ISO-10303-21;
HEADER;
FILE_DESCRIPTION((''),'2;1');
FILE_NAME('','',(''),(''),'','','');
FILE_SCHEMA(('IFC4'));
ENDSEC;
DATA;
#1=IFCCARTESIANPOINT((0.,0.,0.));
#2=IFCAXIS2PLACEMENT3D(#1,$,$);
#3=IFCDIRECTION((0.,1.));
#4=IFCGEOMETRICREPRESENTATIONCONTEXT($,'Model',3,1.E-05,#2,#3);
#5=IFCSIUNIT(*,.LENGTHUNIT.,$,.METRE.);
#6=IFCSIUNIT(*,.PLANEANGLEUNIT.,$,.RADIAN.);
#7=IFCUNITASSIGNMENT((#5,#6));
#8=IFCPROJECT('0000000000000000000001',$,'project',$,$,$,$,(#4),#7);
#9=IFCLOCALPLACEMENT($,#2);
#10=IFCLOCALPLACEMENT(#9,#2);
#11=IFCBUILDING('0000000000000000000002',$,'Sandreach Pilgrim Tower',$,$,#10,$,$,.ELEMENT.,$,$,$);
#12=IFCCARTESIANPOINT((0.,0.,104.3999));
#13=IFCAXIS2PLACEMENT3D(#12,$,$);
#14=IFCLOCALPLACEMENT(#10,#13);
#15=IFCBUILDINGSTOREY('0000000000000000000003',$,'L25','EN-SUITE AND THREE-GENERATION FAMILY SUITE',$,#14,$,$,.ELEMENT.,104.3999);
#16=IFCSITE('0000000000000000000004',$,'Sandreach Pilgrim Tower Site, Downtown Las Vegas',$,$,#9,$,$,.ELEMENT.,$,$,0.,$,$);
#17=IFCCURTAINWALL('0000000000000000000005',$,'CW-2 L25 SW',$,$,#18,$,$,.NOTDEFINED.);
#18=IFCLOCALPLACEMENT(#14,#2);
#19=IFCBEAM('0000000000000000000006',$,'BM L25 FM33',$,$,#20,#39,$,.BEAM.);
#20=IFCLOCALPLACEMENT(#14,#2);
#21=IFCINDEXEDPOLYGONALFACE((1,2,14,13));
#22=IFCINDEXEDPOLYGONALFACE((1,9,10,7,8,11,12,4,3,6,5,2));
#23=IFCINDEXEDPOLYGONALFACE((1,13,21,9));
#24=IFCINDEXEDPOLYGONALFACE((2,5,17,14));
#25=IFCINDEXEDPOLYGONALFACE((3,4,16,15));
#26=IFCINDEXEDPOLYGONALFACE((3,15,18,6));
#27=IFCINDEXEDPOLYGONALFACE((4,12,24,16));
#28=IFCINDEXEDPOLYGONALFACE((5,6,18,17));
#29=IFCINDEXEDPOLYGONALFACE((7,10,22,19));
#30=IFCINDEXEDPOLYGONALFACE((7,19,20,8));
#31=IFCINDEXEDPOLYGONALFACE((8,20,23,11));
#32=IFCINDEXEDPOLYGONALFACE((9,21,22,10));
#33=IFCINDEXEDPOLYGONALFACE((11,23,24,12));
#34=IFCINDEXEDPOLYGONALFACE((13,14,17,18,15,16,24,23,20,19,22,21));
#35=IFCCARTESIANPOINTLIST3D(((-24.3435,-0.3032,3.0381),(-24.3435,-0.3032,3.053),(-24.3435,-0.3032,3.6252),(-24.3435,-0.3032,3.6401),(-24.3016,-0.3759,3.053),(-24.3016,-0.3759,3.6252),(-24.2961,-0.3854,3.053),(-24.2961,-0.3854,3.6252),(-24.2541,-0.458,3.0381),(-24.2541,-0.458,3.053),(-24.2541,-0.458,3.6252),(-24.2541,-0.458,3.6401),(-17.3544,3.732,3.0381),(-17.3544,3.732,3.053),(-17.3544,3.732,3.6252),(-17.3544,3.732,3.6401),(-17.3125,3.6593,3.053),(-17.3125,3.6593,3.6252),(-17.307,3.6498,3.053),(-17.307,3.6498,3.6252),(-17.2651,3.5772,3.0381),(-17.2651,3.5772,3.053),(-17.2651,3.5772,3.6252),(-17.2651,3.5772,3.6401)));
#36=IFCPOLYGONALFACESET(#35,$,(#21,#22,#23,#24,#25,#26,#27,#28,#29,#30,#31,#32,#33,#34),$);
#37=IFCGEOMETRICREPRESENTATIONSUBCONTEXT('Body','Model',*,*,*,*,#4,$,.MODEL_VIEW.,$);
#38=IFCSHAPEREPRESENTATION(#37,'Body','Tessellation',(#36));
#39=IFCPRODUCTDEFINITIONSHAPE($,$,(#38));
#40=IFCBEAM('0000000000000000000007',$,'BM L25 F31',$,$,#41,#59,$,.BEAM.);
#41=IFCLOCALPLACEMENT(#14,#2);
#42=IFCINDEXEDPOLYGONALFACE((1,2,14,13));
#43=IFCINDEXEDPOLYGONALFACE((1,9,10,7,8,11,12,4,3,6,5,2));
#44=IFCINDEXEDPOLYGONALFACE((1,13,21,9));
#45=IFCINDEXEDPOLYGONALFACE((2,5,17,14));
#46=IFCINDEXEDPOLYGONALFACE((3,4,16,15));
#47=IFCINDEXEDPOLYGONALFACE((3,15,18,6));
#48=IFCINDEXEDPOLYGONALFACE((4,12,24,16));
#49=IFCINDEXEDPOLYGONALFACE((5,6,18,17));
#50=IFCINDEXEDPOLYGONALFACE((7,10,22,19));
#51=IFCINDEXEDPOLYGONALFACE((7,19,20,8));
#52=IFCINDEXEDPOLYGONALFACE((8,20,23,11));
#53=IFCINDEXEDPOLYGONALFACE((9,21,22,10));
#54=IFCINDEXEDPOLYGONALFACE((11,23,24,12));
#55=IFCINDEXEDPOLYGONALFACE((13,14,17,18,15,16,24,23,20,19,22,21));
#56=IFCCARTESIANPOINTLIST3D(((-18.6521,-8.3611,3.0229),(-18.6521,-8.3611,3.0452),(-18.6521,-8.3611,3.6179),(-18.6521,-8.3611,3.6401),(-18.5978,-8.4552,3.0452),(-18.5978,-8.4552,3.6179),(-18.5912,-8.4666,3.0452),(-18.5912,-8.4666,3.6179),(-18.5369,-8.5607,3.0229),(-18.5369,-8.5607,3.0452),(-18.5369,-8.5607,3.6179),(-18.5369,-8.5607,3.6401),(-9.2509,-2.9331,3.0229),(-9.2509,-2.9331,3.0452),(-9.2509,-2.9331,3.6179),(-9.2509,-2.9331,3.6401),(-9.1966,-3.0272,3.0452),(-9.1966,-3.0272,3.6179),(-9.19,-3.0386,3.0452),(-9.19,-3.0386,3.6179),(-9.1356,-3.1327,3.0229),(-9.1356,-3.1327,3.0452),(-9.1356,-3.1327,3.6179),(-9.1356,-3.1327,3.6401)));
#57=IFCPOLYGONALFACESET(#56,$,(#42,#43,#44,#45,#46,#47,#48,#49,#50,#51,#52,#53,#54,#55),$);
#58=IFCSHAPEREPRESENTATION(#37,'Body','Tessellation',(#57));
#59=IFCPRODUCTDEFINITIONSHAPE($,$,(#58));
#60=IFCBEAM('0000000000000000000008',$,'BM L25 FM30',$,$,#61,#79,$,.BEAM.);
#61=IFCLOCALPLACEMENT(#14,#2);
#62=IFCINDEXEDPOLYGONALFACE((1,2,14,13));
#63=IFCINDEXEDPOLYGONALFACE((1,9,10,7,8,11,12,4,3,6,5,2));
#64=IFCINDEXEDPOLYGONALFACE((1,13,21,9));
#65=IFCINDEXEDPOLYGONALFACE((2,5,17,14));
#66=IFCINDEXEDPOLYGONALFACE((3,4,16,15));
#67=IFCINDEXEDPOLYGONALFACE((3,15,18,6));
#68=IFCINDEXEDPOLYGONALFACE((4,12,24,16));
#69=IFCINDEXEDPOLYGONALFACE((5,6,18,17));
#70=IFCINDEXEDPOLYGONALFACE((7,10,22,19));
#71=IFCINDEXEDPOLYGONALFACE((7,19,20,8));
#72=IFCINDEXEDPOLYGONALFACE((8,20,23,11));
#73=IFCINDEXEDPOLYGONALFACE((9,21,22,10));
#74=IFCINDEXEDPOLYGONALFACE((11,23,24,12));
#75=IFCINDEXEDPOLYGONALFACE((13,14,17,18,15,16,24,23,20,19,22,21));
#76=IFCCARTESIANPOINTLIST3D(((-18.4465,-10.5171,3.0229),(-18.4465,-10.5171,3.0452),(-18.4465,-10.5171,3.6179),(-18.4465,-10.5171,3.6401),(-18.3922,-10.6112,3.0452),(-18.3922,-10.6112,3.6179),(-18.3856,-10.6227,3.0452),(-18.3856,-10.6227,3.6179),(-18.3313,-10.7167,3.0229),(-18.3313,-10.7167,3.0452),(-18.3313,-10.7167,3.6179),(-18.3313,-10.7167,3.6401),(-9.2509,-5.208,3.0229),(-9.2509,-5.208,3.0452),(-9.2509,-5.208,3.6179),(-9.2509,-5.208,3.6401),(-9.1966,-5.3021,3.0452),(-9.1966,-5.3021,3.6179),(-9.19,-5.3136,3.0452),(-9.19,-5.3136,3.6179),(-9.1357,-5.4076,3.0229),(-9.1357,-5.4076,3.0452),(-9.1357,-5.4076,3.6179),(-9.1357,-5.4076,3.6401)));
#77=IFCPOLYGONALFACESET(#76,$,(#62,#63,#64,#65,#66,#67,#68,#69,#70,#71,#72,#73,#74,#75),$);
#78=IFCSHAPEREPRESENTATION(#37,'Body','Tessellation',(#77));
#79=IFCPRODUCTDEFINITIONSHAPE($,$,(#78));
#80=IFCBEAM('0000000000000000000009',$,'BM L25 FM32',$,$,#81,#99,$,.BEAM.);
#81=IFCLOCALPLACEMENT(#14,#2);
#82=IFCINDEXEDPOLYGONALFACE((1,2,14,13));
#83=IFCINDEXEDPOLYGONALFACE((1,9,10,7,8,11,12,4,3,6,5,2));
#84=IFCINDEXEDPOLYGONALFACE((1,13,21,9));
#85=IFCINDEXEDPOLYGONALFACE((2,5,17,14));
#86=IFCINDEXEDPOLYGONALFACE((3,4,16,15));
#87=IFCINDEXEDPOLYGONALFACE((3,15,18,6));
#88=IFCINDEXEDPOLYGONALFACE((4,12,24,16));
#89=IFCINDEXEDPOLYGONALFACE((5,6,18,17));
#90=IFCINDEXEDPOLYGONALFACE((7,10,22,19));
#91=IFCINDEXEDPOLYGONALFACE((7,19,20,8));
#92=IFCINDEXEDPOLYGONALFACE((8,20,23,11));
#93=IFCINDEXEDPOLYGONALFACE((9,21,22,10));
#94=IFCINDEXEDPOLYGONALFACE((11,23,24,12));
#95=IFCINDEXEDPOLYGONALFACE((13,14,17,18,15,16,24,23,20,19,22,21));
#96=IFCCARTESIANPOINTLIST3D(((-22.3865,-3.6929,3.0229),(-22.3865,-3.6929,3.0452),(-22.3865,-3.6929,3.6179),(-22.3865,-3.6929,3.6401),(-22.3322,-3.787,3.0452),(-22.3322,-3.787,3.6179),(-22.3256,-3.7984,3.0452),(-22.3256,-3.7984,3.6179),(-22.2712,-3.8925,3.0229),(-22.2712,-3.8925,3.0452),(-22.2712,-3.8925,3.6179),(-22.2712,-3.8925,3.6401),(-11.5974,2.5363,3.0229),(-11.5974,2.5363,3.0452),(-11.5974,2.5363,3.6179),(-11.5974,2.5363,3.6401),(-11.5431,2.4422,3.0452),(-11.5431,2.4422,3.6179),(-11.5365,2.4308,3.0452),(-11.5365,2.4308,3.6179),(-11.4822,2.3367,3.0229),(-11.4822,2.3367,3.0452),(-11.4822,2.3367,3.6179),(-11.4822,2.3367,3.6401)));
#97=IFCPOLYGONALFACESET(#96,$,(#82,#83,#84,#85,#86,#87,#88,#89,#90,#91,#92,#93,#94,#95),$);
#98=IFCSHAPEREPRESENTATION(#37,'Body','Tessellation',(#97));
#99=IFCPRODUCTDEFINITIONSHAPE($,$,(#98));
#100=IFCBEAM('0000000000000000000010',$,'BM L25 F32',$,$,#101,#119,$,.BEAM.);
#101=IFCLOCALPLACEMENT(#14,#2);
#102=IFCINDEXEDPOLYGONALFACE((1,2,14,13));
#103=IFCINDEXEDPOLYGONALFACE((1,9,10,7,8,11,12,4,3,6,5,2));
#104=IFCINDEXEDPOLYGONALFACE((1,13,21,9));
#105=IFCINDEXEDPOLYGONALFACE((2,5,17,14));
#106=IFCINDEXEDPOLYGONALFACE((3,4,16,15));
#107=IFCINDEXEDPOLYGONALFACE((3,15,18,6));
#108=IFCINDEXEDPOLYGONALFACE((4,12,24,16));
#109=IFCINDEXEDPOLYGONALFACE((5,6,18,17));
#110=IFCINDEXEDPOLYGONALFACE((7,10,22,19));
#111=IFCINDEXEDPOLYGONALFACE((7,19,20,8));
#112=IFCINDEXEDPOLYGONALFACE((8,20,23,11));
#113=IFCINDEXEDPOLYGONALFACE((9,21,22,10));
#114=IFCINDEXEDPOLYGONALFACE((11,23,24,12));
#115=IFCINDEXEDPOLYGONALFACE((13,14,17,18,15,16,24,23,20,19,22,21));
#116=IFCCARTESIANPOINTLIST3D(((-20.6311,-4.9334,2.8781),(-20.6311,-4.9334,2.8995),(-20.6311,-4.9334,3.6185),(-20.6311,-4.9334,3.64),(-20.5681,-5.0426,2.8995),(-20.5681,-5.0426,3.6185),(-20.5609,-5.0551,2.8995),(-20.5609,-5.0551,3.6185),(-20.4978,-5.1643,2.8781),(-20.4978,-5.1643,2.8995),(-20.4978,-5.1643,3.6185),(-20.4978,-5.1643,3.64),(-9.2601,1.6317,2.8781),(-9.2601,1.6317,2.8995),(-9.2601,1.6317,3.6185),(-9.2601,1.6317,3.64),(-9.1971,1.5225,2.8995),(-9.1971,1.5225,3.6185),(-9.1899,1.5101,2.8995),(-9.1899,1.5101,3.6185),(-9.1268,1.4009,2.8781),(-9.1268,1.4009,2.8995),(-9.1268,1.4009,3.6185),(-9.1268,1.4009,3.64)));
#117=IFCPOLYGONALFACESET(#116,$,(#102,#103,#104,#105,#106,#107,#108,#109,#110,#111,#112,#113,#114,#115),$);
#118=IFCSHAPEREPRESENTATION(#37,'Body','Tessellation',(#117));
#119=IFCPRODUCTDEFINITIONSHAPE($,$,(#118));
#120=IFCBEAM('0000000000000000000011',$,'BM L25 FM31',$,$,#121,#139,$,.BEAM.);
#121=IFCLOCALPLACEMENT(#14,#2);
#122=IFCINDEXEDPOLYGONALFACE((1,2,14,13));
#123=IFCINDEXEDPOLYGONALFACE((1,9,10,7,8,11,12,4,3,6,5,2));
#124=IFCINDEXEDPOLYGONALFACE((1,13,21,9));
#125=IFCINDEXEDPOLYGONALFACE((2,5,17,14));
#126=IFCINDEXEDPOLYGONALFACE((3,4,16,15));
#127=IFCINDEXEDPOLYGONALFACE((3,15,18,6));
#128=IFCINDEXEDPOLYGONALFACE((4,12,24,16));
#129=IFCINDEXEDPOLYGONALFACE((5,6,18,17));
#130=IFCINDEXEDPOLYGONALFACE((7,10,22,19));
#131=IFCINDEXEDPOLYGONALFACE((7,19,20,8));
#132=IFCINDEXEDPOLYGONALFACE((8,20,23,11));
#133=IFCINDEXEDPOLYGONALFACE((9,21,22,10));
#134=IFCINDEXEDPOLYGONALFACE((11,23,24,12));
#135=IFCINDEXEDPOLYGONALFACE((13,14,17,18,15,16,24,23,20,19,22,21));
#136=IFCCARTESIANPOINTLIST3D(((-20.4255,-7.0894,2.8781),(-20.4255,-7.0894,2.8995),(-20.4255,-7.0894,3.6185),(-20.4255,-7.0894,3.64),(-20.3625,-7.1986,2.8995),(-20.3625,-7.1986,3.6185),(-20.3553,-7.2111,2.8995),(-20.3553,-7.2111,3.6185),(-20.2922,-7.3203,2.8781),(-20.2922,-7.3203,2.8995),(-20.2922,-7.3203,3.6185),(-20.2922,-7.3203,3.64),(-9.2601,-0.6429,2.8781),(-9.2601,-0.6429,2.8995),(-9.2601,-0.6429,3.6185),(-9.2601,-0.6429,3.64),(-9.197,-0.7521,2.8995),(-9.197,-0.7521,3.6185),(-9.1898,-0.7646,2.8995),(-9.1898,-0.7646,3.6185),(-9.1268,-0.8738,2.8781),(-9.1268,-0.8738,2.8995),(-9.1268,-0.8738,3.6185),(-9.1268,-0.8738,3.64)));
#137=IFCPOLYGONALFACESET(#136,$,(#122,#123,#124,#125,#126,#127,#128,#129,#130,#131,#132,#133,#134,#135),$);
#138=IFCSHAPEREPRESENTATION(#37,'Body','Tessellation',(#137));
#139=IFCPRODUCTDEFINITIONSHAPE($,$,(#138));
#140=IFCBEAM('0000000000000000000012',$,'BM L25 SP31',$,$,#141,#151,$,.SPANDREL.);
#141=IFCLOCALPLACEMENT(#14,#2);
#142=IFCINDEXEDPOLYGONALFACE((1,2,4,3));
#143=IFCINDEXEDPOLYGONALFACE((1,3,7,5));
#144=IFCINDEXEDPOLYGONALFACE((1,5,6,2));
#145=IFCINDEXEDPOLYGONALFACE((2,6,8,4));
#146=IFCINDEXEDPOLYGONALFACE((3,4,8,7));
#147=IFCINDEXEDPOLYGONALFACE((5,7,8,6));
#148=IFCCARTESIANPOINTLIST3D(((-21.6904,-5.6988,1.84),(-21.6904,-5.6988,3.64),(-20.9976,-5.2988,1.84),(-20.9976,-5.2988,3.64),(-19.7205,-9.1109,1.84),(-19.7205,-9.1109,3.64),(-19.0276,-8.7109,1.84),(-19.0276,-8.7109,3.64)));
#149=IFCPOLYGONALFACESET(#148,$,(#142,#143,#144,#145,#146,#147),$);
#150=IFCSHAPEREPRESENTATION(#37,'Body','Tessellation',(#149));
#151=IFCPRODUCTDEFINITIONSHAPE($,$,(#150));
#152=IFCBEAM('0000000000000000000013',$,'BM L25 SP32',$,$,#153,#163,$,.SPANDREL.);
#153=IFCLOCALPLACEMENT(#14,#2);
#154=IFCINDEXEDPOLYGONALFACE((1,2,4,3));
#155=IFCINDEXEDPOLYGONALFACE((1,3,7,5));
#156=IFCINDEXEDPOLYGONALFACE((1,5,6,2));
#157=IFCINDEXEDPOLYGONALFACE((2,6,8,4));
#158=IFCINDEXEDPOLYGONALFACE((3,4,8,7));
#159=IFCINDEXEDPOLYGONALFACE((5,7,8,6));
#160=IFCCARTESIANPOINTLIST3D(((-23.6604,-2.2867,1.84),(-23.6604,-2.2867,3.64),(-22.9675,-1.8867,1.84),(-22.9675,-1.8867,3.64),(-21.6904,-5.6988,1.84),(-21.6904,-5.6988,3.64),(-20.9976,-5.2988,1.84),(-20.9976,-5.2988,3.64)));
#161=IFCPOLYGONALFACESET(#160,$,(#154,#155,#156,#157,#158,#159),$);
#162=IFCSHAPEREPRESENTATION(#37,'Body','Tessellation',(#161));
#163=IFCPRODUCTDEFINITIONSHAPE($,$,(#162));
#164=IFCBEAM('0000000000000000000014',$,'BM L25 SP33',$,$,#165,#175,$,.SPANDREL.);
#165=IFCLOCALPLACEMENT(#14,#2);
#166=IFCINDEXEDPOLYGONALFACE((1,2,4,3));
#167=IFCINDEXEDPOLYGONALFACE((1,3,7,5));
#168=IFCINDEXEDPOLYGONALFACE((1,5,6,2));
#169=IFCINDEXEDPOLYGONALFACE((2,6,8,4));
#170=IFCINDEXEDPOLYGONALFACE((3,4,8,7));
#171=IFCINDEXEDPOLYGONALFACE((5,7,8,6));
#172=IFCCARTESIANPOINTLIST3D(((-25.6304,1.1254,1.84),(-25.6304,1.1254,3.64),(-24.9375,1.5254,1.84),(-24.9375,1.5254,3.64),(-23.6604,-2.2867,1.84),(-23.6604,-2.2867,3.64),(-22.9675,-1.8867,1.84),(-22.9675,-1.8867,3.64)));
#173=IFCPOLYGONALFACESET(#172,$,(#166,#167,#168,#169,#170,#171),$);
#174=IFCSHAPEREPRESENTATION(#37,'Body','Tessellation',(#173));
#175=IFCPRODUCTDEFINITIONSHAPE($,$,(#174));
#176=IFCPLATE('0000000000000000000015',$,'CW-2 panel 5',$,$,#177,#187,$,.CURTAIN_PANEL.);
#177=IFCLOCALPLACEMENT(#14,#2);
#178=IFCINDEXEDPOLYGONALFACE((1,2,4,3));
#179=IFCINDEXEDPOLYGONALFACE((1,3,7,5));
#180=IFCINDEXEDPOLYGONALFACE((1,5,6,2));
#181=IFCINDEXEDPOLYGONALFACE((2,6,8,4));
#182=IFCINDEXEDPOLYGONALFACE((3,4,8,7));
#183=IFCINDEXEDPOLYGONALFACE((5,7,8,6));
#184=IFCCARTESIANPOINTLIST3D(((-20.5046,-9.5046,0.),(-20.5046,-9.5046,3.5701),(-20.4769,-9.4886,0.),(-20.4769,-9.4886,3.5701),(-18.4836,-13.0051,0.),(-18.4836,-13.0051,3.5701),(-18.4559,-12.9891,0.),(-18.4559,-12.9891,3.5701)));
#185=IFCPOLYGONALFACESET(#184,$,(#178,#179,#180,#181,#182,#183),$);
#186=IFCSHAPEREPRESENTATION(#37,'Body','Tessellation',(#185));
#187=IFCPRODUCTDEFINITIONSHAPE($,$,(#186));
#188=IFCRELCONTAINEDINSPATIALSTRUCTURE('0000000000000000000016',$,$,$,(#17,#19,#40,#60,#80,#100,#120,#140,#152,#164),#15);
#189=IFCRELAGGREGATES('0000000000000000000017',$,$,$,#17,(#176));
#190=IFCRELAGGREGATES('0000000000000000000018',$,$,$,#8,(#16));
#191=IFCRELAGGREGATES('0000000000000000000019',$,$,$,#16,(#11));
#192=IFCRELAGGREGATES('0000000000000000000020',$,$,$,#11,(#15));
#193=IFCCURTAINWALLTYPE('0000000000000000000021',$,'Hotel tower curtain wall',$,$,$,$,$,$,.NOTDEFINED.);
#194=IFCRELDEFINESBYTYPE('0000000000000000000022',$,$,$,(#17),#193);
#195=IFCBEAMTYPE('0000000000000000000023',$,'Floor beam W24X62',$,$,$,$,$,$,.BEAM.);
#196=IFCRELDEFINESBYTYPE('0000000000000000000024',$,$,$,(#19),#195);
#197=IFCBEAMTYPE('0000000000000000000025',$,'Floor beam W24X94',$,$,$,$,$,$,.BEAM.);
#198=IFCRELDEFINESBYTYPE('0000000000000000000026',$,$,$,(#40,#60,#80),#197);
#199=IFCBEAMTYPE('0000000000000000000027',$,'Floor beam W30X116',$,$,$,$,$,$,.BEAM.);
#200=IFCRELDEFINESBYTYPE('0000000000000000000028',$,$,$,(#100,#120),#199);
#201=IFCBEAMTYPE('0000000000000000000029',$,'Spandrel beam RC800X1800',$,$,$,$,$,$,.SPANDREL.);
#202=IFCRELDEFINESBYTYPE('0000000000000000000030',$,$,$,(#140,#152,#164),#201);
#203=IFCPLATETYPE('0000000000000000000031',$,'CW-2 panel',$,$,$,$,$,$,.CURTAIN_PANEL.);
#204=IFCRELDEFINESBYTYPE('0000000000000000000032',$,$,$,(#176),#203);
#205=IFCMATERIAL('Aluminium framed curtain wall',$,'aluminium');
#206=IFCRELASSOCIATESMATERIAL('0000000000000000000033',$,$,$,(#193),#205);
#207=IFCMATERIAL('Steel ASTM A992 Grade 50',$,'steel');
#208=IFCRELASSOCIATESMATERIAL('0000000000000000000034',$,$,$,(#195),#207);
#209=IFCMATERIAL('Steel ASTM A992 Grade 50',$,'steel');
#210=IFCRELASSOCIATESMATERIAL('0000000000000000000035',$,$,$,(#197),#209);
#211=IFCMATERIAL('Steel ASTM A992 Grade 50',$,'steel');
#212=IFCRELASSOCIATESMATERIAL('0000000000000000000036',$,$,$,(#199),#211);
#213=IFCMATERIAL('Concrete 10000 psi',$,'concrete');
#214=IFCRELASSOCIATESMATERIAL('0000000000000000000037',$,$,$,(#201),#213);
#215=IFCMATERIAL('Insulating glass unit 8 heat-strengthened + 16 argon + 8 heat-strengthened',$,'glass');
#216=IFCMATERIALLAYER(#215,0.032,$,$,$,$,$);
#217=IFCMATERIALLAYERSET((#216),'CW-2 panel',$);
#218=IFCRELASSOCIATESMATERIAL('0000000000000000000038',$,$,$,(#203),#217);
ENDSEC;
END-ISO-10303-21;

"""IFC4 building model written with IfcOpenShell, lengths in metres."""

from ifc_helpers import new_model, si_unit, direction, frame, origin, origin_2d, place, context, subcontext, project, spatial, rectangle, i_section, extrude, material, layer, layer_set, material_profile, profile_set, type_object, element, aggregate, save


model = new_model("IFC4")

# Units and contexts
model_context = context("Model", 3, precision=1e-05, world=origin(), true_north=direction((0.0, 1.0)))
body_context = subcontext(model_context, "Body", "Model", "MODEL_VIEW")
ifc_project = project(units=[si_unit("LENGTHUNIT", "METRE"), si_unit("PLANEANGLEUNIT", "RADIAN")], contexts=[model_context])

# Site, building, storey
site_placement = place(None, origin())
site = spatial("IfcSite", under=ifc_project, at=site_placement, Name="Sandreach Pilgrim Tower Site, Downtown Las Vegas", CompositionType="ELEMENT", RefElevation=0.0)
building_placement = place(site_placement, origin())
building = spatial("IfcBuilding", under=site, at=building_placement, Name="Sandreach Pilgrim Tower", CompositionType="ELEMENT")
storey_placement = place(building_placement, frame((0.0, 0.0, 104.3999)))
storey = spatial("IfcBuildingStorey", under=building, at=storey_placement, Name="L25", Description="EN-SUITE AND THREE-GENERATION FAMILY SUITE", CompositionType="ELEMENT", Elevation=104.3999)

# Curtain wall
ifc_material_1 = material(Name="Aluminium framed curtain wall", Category="aluminium")
curtain_wall_type = type_object("IfcCurtainWallType", Name="Hotel tower curtain wall", PredefinedType="NOTDEFINED", material=ifc_material_1)
curtain_wall_placement = place(storey_placement, origin())
curtain_wall = element("IfcCurtainWall", 1, at=curtain_wall_placement, inside=storey, type_object=curtain_wall_type, Name="CW-2 L25 SW", PredefinedType="NOTDEFINED")

# Beams
ifc_material_2 = material(Name="Steel ASTM A992 Grade 50", Category="steel")
ifc_material_profile_1 = material_profile(ifc_material_2, i_section(OverallWidth=0.1787, OverallDepth=0.6021, WebThickness=0.011, FlangeThickness=0.0149, at=origin_2d()), Name="W24X62")
ifc_profile_set_1 = profile_set([ifc_material_profile_1], Name="Steel ASTM A992 Grade 50")
beam_type_1 = type_object("IfcBeamType", Name="Floor beam W24X62", PredefinedType="BEAM", material=ifc_profile_set_1)
beam_1_placement = place(storey_placement, frame((-24.2988, -0.3806, 3.3391), z_axis=(0.866023, 0.500004, 0.0), x_axis=(-0.500004, 0.866023, 0.0)))
element("IfcBeam", 2, at=beam_1_placement, inside=storey, type_object=beam_type_1, Name="BM L25 FM33", PredefinedType="BEAM", context=body_context, shape_type="SweptSolid", body=[
    extrude(i_section(OverallWidth=0.1787, OverallDepth=0.6021, WebThickness=0.011, FlangeThickness=0.0149, at=origin_2d()), origin(), (0.0, 0.0, 1.0), 8.0703),
])
ifc_material_3 = material(Name="Steel ASTM A992 Grade 50", Category="steel")
ifc_material_profile_2 = material_profile(ifc_material_3, i_section(OverallWidth=0.2305, OverallDepth=0.6172, WebThickness=0.0132, FlangeThickness=0.0222, at=origin_2d()), Name="W24X94")
ifc_profile_set_2 = profile_set([ifc_material_profile_2], Name="Steel ASTM A992 Grade 50")
beam_type_2 = type_object("IfcBeamType", Name="Floor beam W24X94", PredefinedType="BEAM", material=ifc_profile_set_2)
beam_2_placement = place(storey_placement, frame((-18.5945, -8.4609, 3.3315), z_axis=(0.866016, 0.500016, 0.0), x_axis=(-0.500016, 0.866016, 0.0)))
element("IfcBeam", 3, at=beam_2_placement, inside=storey, type_object=beam_type_2, Name="BM L25 F31", PredefinedType="BEAM", context=body_context, shape_type="SweptSolid", body=[
    extrude(i_section(OverallWidth=0.2305, OverallDepth=0.6172, WebThickness=0.0132, FlangeThickness=0.0222, at=origin_2d()), origin(), (0.0, 0.0, 1.0), 10.8557),
])
beam_3_placement = place(storey_placement, frame((-18.3889, -10.6169, 3.3315), z_axis=(0.866024, 0.500002, 0.0), x_axis=(-0.500002, 0.866024, 0.0)))
element("IfcBeam", 4, at=beam_3_placement, inside=storey, type_object=beam_type_2, Name="BM L25 FM30", PredefinedType="BEAM", context=body_context, shape_type="SweptSolid", body=[
    extrude(i_section(OverallWidth=0.2305, OverallDepth=0.6172, WebThickness=0.0132, FlangeThickness=0.0222, at=origin_2d()), origin(), (0.0, 0.0, 1.0), 10.6182),
])
beam_4_placement = place(storey_placement, frame((-22.3289, -3.7927, 3.3315), z_axis=(0.866019, 0.500011, 0.0), x_axis=(-0.500011, 0.866019, 0.0)))
element("IfcBeam", 5, at=beam_4_placement, inside=storey, type_object=beam_type_2, Name="BM L25 FM32", PredefinedType="BEAM", context=body_context, shape_type="SweptSolid", body=[
    extrude(i_section(OverallWidth=0.2305, OverallDepth=0.6172, WebThickness=0.0132, FlangeThickness=0.0222, at=origin_2d()), origin(), (0.0, 0.0, 1.0), 12.4583),
])
ifc_material_4 = material(Name="Steel ASTM A992 Grade 50", Category="steel")
ifc_material_profile_3 = material_profile(ifc_material_4, i_section(OverallWidth=0.2666, OverallDepth=0.762, WebThickness=0.0144, FlangeThickness=0.0215, at=origin_2d()), Name="W30X116")
ifc_profile_set_3 = profile_set([ifc_material_profile_3], Name="Steel ASTM A992 Grade 50")
beam_type_3 = type_object("IfcBeamType", Name="Floor beam W30X116", PredefinedType="BEAM", material=ifc_profile_set_3)
beam_5_placement = place(storey_placement, frame((-20.5645, -5.0488, 3.259), z_axis=(0.866023, 0.500005, 0.0), x_axis=(-0.500005, 0.866023, 0.0)))
element("IfcBeam", 6, at=beam_5_placement, inside=storey, type_object=beam_type_3, Name="BM L25 F32", PredefinedType="BEAM", context=body_context, shape_type="SweptSolid", body=[
    extrude(i_section(OverallWidth=0.2666, OverallDepth=0.762, WebThickness=0.0144, FlangeThickness=0.0215, at=origin_2d()), origin(), (0.0, 0.0, 1.0), 13.1301),
])
beam_6_placement = place(storey_placement, frame((-20.3589, -7.2048, 3.259), z_axis=(0.866022, 0.500007, 0.0), x_axis=(-0.500007, 0.866022, 0.0)))
element("IfcBeam", 7, at=beam_6_placement, inside=storey, type_object=beam_type_3, Name="BM L25 FM31", PredefinedType="BEAM", context=body_context, shape_type="SweptSolid", body=[
    extrude(i_section(OverallWidth=0.2666, OverallDepth=0.762, WebThickness=0.0144, FlangeThickness=0.0215, at=origin_2d()), origin(), (0.0, 0.0, 1.0), 12.8928),
])
ifc_material_5 = material(Name="Concrete 10000 psi", Category="concrete")
ifc_material_profile_4 = material_profile(ifc_material_5, rectangle(XDim=0.8, YDim=1.8, at=origin_2d()), Name="RC800X1800")
ifc_profile_set_4 = profile_set([ifc_material_profile_4], Name="Concrete 10000 psi")
beam_type_4 = type_object("IfcBeamType", Name="Spandrel beam RC800X1800", PredefinedType="SPANDREL", material=ifc_profile_set_4)
for number, where, z_axis, x_axis, name in (
    (8, (-19.374, -8.9109, 2.74), (-0.499998, 0.866027, 0.0), (-0.866027, -0.499998, 0.0), "BM L25 SP31"),
    (9, (-21.344, -5.4988, 2.74), (-0.499998, 0.866027, 0.0), (-0.866027, -0.499998, 0.0), "BM L25 SP32"),
    (10, (-23.314, -2.0867, 2.74), (-0.499998, 0.866027, 0.0), (-0.866027, -0.499998, 0.0), "BM L25 SP33"),
):
    element("IfcBeam", number, at=place(storey_placement, frame(where, z_axis=z_axis, x_axis=x_axis)), inside=storey, type_object=beam_type_4, Name=name, PredefinedType="SPANDREL", context=body_context, shape_type="SweptSolid", body=[
        extrude(rectangle(XDim=0.8, YDim=1.8, at=origin_2d()), origin(), (0.0, 0.0, 1.0), 3.9399),
    ])

# Plate
ifc_material_6 = material(Name="Insulating glass unit 8 heat-strengthened + 16 argon + 8 heat-strengthened", Category="glass")
ifc_layer_1 = layer(ifc_material_6, 0.032)
ifc_layer_set_1 = layer_set([ifc_layer_1], Name="CW-2 panel")
plate_type = type_object("IfcPlateType", Name="CW-2 panel", PredefinedType="CURTAIN_PANEL", material=ifc_layer_set_1)
plate_1_placement = place(storey_placement, frame((-19.4802, -11.2468, 0.0), z_axis=(0.0, 0.0, 1.0), x_axis=(-0.5, 0.866025, 0.0)))
plate_1 = element("IfcPlate", 11, at=plate_1_placement, type_object=plate_type, Name="CW-2 panel 5", PredefinedType="CURTAIN_PANEL", context=body_context, shape_type="SweptSolid", body=[
    extrude(rectangle(XDim=4.042, YDim=0.032, at=origin_2d()), origin(), (0.0, 0.0, 1.0), 3.5701),
])
aggregate(curtain_wall, [plate_1])

save(model, "model.ifc")
